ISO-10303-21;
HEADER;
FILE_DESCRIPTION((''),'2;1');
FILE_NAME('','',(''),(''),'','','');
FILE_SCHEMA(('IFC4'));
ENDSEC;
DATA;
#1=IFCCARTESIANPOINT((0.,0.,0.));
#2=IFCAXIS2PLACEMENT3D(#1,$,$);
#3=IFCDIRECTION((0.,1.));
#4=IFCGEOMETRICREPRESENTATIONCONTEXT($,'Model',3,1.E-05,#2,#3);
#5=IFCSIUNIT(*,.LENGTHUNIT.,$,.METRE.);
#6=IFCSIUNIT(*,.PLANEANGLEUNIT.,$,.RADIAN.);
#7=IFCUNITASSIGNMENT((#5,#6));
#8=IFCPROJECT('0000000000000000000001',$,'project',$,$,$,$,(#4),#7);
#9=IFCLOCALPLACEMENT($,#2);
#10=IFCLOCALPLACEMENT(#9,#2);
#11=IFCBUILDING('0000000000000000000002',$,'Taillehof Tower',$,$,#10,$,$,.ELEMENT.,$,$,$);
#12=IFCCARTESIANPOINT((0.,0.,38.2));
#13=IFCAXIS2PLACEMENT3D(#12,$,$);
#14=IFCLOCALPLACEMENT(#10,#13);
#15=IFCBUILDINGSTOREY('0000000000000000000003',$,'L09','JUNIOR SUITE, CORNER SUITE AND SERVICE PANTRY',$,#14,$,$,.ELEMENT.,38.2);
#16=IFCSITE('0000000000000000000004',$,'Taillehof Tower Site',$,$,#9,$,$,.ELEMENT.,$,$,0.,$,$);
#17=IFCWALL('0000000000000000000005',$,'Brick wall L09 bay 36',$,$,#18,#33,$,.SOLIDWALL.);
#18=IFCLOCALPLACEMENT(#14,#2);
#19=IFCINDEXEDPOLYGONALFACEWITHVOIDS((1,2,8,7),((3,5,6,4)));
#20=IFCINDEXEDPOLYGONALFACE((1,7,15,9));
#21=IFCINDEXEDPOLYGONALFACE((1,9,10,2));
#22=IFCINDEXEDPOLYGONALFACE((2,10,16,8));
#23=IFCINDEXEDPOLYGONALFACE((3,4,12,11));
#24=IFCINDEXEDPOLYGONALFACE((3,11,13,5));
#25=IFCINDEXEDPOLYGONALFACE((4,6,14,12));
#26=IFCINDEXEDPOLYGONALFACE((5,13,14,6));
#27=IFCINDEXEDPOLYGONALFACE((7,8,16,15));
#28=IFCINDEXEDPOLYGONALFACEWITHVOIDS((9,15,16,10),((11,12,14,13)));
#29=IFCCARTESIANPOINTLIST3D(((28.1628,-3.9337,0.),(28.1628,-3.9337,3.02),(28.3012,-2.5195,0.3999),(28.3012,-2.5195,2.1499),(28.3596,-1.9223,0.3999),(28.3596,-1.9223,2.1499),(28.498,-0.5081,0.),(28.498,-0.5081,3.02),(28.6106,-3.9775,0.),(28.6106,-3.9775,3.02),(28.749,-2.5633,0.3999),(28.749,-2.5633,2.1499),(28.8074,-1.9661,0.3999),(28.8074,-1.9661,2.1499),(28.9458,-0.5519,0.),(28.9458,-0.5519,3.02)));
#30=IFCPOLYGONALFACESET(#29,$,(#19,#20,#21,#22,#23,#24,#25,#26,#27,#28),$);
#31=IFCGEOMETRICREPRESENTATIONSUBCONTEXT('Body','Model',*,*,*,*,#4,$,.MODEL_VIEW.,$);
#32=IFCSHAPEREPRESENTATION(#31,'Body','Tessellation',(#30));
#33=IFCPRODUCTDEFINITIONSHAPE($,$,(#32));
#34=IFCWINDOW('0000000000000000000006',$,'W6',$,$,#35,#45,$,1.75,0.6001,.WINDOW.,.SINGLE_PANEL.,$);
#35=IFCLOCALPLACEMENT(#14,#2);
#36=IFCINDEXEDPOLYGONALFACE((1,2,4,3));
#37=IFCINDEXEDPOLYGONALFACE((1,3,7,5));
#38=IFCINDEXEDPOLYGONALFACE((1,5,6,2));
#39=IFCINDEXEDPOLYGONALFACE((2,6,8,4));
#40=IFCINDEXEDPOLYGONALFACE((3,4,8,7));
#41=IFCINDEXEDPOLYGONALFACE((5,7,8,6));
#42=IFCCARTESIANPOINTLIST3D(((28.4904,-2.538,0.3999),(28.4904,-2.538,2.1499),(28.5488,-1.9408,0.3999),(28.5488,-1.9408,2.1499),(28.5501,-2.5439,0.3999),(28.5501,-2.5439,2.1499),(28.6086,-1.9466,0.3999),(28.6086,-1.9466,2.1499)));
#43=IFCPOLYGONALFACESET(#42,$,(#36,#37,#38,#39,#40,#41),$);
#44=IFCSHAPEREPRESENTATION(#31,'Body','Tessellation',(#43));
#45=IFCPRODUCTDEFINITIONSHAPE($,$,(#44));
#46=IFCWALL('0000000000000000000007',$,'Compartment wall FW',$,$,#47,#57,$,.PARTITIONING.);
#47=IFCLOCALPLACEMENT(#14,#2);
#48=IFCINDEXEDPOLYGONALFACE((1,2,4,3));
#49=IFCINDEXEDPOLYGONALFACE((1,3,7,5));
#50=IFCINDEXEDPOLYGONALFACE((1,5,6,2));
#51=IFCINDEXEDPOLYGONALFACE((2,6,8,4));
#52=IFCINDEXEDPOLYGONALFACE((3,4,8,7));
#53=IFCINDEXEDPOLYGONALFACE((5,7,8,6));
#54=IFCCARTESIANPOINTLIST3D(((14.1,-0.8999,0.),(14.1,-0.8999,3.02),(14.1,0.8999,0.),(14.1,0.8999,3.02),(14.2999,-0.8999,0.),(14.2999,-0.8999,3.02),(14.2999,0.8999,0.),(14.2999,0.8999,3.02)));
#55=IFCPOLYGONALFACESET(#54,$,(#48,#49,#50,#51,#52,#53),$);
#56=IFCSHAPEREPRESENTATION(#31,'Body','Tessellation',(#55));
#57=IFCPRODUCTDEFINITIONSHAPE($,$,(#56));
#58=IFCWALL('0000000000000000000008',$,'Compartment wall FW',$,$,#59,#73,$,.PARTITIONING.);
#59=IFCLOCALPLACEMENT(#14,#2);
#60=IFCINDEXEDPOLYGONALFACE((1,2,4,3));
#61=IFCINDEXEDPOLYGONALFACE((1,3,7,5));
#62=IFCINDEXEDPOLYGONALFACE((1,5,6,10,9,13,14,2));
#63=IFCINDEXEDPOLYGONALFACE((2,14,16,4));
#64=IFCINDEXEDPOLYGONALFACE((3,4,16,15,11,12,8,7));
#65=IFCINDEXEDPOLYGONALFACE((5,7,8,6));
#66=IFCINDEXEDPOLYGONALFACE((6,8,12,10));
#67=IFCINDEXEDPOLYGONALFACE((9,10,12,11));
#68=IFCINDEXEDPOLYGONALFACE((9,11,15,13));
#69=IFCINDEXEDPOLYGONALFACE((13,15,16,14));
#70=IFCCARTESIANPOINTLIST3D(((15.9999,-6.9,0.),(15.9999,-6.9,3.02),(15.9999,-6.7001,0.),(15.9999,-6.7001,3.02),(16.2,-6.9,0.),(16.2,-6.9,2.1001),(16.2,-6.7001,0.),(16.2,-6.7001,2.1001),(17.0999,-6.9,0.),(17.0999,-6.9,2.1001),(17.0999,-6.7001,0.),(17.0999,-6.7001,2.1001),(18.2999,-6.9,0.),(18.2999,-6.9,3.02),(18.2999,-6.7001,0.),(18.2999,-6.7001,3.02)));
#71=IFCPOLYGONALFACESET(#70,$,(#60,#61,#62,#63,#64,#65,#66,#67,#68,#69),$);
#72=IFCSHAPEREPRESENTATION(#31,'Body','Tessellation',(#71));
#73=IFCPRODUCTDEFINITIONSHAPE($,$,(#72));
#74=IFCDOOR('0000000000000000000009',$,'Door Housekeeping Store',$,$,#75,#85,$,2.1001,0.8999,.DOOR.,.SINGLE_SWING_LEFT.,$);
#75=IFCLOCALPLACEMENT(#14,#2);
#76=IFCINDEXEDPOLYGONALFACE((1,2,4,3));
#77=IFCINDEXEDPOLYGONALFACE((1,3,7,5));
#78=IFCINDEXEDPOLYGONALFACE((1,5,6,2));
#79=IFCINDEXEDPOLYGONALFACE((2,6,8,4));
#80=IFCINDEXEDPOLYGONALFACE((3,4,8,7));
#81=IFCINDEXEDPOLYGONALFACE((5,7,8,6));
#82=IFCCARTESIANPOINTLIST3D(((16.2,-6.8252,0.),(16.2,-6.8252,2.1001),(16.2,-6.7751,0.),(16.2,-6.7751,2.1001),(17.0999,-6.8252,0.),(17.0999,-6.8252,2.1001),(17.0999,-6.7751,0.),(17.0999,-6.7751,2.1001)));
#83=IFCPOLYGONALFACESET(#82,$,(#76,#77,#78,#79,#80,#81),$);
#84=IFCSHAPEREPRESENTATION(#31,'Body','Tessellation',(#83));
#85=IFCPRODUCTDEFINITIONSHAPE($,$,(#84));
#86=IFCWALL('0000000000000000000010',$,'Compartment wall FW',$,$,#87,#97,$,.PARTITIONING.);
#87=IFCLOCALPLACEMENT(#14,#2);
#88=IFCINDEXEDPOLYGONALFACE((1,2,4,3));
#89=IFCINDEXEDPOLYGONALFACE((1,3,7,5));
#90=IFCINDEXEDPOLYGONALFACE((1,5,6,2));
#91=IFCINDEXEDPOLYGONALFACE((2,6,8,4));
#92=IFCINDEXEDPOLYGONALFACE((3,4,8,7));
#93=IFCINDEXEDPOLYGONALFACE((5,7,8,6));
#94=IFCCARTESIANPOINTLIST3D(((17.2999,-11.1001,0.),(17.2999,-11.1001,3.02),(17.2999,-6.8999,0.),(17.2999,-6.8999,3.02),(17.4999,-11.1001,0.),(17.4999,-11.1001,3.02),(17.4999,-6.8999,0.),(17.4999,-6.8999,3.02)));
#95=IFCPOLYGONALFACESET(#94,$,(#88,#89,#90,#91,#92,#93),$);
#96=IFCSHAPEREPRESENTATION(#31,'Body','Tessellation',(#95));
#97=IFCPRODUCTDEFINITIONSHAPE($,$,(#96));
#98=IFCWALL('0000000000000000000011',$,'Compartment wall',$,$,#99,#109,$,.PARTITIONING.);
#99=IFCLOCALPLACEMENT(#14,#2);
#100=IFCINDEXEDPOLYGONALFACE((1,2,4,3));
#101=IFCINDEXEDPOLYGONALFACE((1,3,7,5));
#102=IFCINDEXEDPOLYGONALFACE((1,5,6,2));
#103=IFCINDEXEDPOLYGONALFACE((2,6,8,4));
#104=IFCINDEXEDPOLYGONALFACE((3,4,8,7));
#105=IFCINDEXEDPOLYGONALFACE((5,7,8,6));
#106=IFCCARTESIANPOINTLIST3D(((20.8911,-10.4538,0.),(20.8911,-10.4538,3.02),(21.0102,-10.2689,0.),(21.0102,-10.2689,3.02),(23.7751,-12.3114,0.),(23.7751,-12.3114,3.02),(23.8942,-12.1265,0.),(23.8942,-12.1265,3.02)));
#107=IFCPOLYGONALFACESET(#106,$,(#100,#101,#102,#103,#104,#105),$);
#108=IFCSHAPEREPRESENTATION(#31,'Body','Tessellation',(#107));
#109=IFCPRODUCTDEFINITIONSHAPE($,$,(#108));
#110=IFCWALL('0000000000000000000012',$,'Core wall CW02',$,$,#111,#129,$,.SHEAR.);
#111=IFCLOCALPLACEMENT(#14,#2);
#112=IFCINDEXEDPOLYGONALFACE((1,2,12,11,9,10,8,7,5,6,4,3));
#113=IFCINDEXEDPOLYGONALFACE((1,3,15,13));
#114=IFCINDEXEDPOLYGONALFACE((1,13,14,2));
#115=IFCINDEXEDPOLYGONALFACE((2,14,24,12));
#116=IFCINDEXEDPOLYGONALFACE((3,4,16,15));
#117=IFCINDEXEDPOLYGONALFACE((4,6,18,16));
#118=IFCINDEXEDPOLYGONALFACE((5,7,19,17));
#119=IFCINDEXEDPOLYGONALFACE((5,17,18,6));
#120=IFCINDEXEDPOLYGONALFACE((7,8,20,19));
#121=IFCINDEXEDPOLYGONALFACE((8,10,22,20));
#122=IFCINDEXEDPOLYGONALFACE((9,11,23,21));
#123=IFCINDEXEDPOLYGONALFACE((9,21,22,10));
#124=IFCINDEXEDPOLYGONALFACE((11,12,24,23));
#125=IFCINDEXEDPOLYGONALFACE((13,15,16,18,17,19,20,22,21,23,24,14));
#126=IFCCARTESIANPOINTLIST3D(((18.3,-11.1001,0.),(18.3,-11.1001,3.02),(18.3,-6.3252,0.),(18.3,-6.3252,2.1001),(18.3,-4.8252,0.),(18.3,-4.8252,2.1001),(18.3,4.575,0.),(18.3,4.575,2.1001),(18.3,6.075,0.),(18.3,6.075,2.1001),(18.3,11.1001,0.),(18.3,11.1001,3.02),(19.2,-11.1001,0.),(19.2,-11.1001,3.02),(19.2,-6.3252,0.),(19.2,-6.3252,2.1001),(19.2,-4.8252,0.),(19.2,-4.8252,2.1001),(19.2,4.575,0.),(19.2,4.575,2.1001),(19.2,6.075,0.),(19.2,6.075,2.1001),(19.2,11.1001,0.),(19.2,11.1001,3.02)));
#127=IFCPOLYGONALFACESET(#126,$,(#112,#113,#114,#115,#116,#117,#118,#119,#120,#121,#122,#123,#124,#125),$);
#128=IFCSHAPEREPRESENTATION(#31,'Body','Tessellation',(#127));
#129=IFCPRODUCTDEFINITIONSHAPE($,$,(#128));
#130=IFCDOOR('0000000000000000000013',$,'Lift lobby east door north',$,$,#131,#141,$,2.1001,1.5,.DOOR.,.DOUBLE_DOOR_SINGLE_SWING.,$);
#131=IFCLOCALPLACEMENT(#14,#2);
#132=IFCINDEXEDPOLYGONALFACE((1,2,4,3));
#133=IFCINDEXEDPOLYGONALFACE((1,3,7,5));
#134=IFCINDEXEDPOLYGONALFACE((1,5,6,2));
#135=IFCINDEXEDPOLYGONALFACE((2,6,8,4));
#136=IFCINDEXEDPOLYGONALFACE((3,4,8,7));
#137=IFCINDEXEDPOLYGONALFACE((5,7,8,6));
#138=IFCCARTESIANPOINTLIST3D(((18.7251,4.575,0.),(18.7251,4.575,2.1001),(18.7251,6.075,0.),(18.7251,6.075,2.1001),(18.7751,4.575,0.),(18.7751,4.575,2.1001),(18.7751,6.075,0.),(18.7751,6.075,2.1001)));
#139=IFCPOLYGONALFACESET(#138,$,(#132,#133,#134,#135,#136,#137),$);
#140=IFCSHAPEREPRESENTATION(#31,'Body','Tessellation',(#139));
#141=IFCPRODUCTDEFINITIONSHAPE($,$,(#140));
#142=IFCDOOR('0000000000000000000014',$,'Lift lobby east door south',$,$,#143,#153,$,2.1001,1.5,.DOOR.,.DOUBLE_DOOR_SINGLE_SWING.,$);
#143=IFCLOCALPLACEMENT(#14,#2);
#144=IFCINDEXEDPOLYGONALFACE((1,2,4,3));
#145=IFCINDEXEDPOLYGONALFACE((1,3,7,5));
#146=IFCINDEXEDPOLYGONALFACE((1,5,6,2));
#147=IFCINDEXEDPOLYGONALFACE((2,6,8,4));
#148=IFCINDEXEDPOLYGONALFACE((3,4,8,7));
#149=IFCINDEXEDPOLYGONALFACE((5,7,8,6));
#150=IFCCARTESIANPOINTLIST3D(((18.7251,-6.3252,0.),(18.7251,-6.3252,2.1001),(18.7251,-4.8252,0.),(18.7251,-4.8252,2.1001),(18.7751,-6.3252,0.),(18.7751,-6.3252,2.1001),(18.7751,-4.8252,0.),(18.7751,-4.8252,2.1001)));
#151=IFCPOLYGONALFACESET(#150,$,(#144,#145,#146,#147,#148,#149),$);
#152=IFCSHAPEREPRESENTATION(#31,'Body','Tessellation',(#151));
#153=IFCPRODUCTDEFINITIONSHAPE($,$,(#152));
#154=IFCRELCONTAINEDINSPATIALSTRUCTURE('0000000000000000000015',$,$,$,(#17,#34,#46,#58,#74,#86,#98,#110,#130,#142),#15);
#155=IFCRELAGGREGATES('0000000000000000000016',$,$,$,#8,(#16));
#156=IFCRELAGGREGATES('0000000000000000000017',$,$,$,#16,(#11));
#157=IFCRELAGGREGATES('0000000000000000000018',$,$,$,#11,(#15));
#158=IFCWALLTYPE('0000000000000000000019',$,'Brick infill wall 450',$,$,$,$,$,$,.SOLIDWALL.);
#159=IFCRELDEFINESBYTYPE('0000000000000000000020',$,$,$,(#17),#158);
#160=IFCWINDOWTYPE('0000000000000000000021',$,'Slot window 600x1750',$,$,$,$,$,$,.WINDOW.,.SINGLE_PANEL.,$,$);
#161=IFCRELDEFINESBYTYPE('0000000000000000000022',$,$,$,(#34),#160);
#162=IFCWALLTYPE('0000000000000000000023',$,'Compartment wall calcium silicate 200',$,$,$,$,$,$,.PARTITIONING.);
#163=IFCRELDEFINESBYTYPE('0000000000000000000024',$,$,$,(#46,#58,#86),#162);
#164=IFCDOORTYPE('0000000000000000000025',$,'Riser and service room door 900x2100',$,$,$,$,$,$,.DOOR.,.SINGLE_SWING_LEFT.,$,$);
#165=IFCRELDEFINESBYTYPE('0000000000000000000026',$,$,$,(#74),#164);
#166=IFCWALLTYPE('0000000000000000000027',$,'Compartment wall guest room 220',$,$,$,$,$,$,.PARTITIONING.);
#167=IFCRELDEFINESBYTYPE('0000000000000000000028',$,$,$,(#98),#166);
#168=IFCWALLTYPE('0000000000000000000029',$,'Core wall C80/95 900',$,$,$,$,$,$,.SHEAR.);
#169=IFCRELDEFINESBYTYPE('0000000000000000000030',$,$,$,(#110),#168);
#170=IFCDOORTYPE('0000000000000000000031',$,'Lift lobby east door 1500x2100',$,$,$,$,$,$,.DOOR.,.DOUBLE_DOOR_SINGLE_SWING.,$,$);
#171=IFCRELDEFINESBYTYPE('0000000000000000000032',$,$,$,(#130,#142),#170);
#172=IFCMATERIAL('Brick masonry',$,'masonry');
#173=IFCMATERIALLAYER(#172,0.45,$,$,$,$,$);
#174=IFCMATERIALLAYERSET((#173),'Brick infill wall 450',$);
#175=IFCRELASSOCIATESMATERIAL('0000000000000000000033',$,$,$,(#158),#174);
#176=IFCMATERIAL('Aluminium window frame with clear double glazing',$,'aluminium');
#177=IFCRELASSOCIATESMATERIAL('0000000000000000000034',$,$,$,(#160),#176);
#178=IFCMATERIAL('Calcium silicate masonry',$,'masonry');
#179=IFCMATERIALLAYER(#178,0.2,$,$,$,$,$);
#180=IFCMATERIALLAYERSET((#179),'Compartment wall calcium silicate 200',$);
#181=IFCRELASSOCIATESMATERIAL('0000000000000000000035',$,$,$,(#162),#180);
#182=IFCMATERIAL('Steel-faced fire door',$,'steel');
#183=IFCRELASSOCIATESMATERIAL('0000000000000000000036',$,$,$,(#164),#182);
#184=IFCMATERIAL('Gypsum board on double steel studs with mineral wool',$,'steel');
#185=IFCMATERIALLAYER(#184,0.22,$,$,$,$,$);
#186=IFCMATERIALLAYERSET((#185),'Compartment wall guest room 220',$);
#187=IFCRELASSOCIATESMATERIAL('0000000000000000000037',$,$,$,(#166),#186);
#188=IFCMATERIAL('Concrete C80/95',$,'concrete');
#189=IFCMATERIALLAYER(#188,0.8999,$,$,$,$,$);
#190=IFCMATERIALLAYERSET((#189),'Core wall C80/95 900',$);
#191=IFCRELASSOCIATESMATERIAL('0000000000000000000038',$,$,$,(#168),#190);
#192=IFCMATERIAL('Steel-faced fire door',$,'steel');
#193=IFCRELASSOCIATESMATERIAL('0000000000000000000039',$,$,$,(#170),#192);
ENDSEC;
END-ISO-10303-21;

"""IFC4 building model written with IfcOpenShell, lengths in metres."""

from ifc_helpers import new_model, si_unit, direction, frame, frame_2d, origin, place, context, subcontext, project, spatial, rectangle, extrude, material, layer, layer_set, type_object, element, fill, save


model = new_model("IFC4")

# Units and contexts
model_context = context("Model", 3, precision=1e-05, world=origin(), true_north=direction((0.0, 1.0)))
body_context = subcontext(model_context, "Body", "Model", "MODEL_VIEW")
ifc_project = project(units=[si_unit("LENGTHUNIT", "METRE"), si_unit("PLANEANGLEUNIT", "RADIAN")], contexts=[model_context])

# Site, building, storey
site_placement = place(None, origin())
site = spatial("IfcSite", under=ifc_project, at=site_placement, Name="Taillehof Tower Site", CompositionType="ELEMENT", RefElevation=0.0)
building_placement = place(site_placement, origin())
building = spatial("IfcBuilding", under=site, at=building_placement, Name="Taillehof Tower", CompositionType="ELEMENT")
storey_placement = place(building_placement, frame((0.0, 0.0, 38.2)))
storey = spatial("IfcBuildingStorey", under=building, at=storey_placement, Name="L09", Description="JUNIOR SUITE, CORNER SUITE AND SERVICE PANTRY", CompositionType="ELEMENT", Elevation=38.2)

# Shared definitions
ifc_material_1 = material(Name="Brick masonry", Category="masonry")
ifc_layer_1 = layer(ifc_material_1, 0.45)
ifc_layer_set_1 = layer_set([ifc_layer_1], Name="Brick infill wall 450")
wall_type_1 = type_object("IfcWallType", Name="Brick infill wall 450", PredefinedType="SOLIDWALL", material=ifc_layer_set_1)
ifc_material_2 = material(Name="Aluminium window frame with clear double glazing", Category="aluminium")
window_type = type_object("IfcWindowType", Name="Slot window 600x1750", PartitioningType="SINGLE_PANEL", PredefinedType="WINDOW", material=ifc_material_2)

# Wall, opening, window
wall_1_placement = place(storey_placement, frame((28.3867, -3.9556, 0.0), z_axis=(0.0, 0.0, 1.0), x_axis=(0.09739, 0.995246, 0.0)))
wall_1 = element("IfcWall", 1, at=wall_1_placement, inside=storey, type_object=wall_type_1, Name="Brick wall L09 bay 36", PredefinedType="SOLIDWALL", context=body_context, shape_type="SweptSolid", body=[
    extrude(rectangle(XDim=3.4419, YDim=0.45, at=frame_2d((1.7209, 0.0))), origin(), (0.0, 0.0, 1.0), 3.02),
])
opening_1_placement = place(wall_1_placement, frame((1.4209, 0.0, 0.3999)))
opening_1 = element("IfcOpeningElement", 2, at=opening_1_placement, cuts=wall_1, PredefinedType="OPENING", context=body_context, shape_type="SweptSolid", body=[
    extrude(rectangle(XDim=0.6001, YDim=1.75, at=frame_2d((0.3, 0.875))), frame((0.0, 0.2349, 0.0), z_axis=(0.0, -1.0, 0.0), x_axis=(1.0, 0.0, 0.0)), (0.0, 0.0, 1.0), 0.47),
])
window_1_placement = place(opening_1_placement, origin())
window_1 = element("IfcWindow", 3, at=window_1_placement, inside=storey, type_object=window_type, Name="W6", OverallHeight=1.75, OverallWidth=0.6001, PartitioningType="SINGLE_PANEL", PredefinedType="WINDOW", context=body_context, shape_type="SweptSolid", body=[
    extrude(rectangle(XDim=0.6001, YDim=1.75, at=frame_2d((0.3, 0.875))), frame((0.0, 0.0349, 0.0), z_axis=(0.0, -1.0, 0.0), x_axis=(1.0, 0.0, 0.0)), (0.0, 0.0, 1.0), 0.0601),
])
fill(opening_1, window_1)

# Wall
ifc_material_3 = material(Name="Calcium silicate masonry", Category="masonry")
ifc_layer_2 = layer(ifc_material_3, 0.2)
ifc_layer_set_2 = layer_set([ifc_layer_2], Name="Compartment wall calcium silicate 200")
wall_type_2 = type_object("IfcWallType", Name="Compartment wall calcium silicate 200", PredefinedType="PARTITIONING", material=ifc_layer_set_2)
wall_2_placement = place(storey_placement, frame((14.2, -0.8999, 0.0), z_axis=(0.0, 0.0, 1.0), x_axis=(0.0, 1.0, 0.0)))
element("IfcWall", 4, at=wall_2_placement, inside=storey, type_object=wall_type_2, Name="Compartment wall FW", PredefinedType="PARTITIONING", context=body_context, shape_type="SweptSolid", body=[
    extrude(rectangle(XDim=1.7998, YDim=0.2, at=frame_2d((0.8999, 0.0))), origin(), (0.0, 0.0, 1.0), 3.02),
])

# Wall, opening, door
wall_3_placement = place(storey_placement, frame((16.0, -6.8, 0.0), z_axis=(0.0, 0.0, 1.0), x_axis=(1.0, 0.0, 0.0)))
wall_3 = element("IfcWall", 5, at=wall_3_placement, inside=storey, type_object=wall_type_2, Name="Compartment wall FW", PredefinedType="PARTITIONING", context=body_context, shape_type="SweptSolid", body=[
    extrude(rectangle(XDim=2.3, YDim=0.2, at=frame_2d((1.1499, 0.0))), origin(), (0.0, 0.0, 1.0), 3.02),
])
opening_2_placement = place(wall_3_placement, frame((0.2, 0.0, 0.0)))
opening_2 = element("IfcOpeningElement", 6, at=opening_2_placement, cuts=wall_3, PredefinedType="OPENING", context=body_context, shape_type="SweptSolid", body=[
    extrude(rectangle(XDim=0.8999, YDim=2.1001, at=frame_2d((0.45, 1.05))), frame((0.0, 0.1099, 0.0), z_axis=(0.0, -1.0, 0.0), x_axis=(1.0, 0.0, 0.0)), (0.0, 0.0, 1.0), 0.22),
])
ifc_material_4 = material(Name="Steel-faced fire door", Category="steel")
door_type_1 = type_object("IfcDoorType", Name="Riser and service room door 900x2100", OperationType="SINGLE_SWING_LEFT", PredefinedType="DOOR", material=ifc_material_4)
door_1_placement = place(opening_2_placement, origin())
door_1 = element("IfcDoor", 7, at=door_1_placement, inside=storey, type_object=door_type_1, Name="Door Housekeeping Store", OperationType="SINGLE_SWING_LEFT", OverallHeight=2.1001, OverallWidth=0.8999, PredefinedType="DOOR", context=body_context, shape_type="SweptSolid", body=[
    extrude(rectangle(XDim=0.8999, YDim=2.1001, at=frame_2d((0.45, 1.05))), frame((0.0, 0.0249, 0.0), z_axis=(0.0, -1.0, 0.0), x_axis=(1.0, 0.0, 0.0)), (0.0, 0.0, 1.0), 0.05),
])
fill(opening_2, door_1)

# Walls
wall_4_placement = place(storey_placement, frame((17.3999, -11.1001, 0.0), z_axis=(0.0, 0.0, 1.0), x_axis=(0.0, 1.0, 0.0)))
element("IfcWall", 8, at=wall_4_placement, inside=storey, type_object=wall_type_2, Name="Compartment wall FW", PredefinedType="PARTITIONING", context=body_context, shape_type="SweptSolid", body=[
    extrude(rectangle(XDim=4.2002, YDim=0.2, at=frame_2d((2.1001, 0.0))), origin(), (0.0, 0.0, 1.0), 3.02),
])
ifc_material_5 = material(Name="Gypsum board on double steel studs with mineral wool", Category="steel")
ifc_layer_3 = layer(ifc_material_5, 0.22)
ifc_layer_set_3 = layer_set([ifc_layer_3], Name="Compartment wall guest room 220")
wall_type_3 = type_object("IfcWallType", Name="Compartment wall guest room 220", PredefinedType="PARTITIONING", material=ifc_layer_set_3)
wall_5_placement = place(storey_placement, frame((23.8347, -12.219, 0.0), z_axis=(0.0, 0.0, 1.0), x_axis=(-0.840695, 0.541509, 0.0)))
element("IfcWall", 9, at=wall_5_placement, inside=storey, type_object=wall_type_3, Name="Compartment wall", PredefinedType="PARTITIONING", context=body_context, shape_type="SweptSolid", body=[
    extrude(rectangle(XDim=3.4304, YDim=0.22, at=frame_2d((1.7153, 0.0))), origin(), (0.0, 0.0, 1.0), 3.02),
])

# Wall, openings, doors
ifc_material_6 = material(Name="Concrete C80/95", Category="concrete")
ifc_layer_4 = layer(ifc_material_6, 0.8999)
ifc_layer_set_4 = layer_set([ifc_layer_4], Name="Core wall C80/95 900")
wall_type_4 = type_object("IfcWallType", Name="Core wall C80/95 900", PredefinedType="SHEAR", material=ifc_layer_set_4)
wall_6_placement = place(storey_placement, frame((18.75, -11.1001, 0.0), z_axis=(0.0, 0.0, 1.0), x_axis=(0.0, 1.0, 0.0)))
wall_6 = element("IfcWall", 10, at=wall_6_placement, inside=storey, type_object=wall_type_4, Name="Core wall CW02", PredefinedType="SHEAR", context=body_context, shape_type="SweptSolid", body=[
    extrude(rectangle(XDim=22.2002, YDim=0.8999, at=frame_2d((11.1001, 0.0))), origin(), (0.0, 0.0, 1.0), 3.02),
])
opening_3_placement = place(wall_6_placement, frame((15.675, 0.0, 0.0)))
opening_3 = element("IfcOpeningElement", 11, at=opening_3_placement, cuts=wall_6, PredefinedType="OPENING", context=body_context, shape_type="SweptSolid", body=[
    extrude(rectangle(XDim=1.5, YDim=2.1001, at=frame_2d((0.75, 1.05))), frame((0.0, 0.46, 0.0), z_axis=(0.0, -1.0, 0.0), x_axis=(1.0, 0.0, 0.0)), (0.0, 0.0, 1.0), 0.9199),
])
opening_4_placement = place(wall_6_placement, frame((4.7749, 0.0, 0.0)))
opening_4 = element("IfcOpeningElement", 12, at=opening_4_placement, cuts=wall_6, PredefinedType="OPENING", context=body_context, shape_type="SweptSolid", body=[
    extrude(rectangle(XDim=1.5, YDim=2.1001, at=frame_2d((0.75, 1.05))), frame((0.0, 0.46, 0.0), z_axis=(0.0, -1.0, 0.0), x_axis=(1.0, 0.0, 0.0)), (0.0, 0.0, 1.0), 0.9199),
])
ifc_material_7 = material(Name="Steel-faced fire door", Category="steel")
door_type_2 = type_object("IfcDoorType", Name="Lift lobby east door 1500x2100", OperationType="DOUBLE_DOOR_SINGLE_SWING", PredefinedType="DOOR", material=ifc_material_7)
door_2_placement = place(opening_3_placement, origin())
door_2 = element("IfcDoor", 13, at=door_2_placement, inside=storey, type_object=door_type_2, Name="Lift lobby east door north", OperationType="DOUBLE_DOOR_SINGLE_SWING", OverallHeight=2.1001, OverallWidth=1.5, PredefinedType="DOOR", context=body_context, shape_type="SweptSolid", body=[
    extrude(rectangle(XDim=1.5, YDim=2.1001, at=frame_2d((0.75, 1.05))), frame((0.0, 0.0249, 0.0), z_axis=(0.0, -1.0, 0.0), x_axis=(1.0, 0.0, 0.0)), (0.0, 0.0, 1.0), 0.05),
])
fill(opening_3, door_2)
door_3_placement = place(opening_4_placement, origin())
door_3 = element("IfcDoor", 14, at=door_3_placement, inside=storey, type_object=door_type_2, Name="Lift lobby east door south", OperationType="DOUBLE_DOOR_SINGLE_SWING", OverallHeight=2.1001, OverallWidth=1.5, PredefinedType="DOOR", context=body_context, shape_type="SweptSolid", body=[
    extrude(rectangle(XDim=1.5, YDim=2.1001, at=frame_2d((0.75, 1.05))), frame((0.0, 0.0249, 0.0), z_axis=(0.0, -1.0, 0.0), x_axis=(1.0, 0.0, 0.0)), (0.0, 0.0, 1.0), 0.05),
])
fill(opening_4, door_3)

save(model, "model.ifc")
